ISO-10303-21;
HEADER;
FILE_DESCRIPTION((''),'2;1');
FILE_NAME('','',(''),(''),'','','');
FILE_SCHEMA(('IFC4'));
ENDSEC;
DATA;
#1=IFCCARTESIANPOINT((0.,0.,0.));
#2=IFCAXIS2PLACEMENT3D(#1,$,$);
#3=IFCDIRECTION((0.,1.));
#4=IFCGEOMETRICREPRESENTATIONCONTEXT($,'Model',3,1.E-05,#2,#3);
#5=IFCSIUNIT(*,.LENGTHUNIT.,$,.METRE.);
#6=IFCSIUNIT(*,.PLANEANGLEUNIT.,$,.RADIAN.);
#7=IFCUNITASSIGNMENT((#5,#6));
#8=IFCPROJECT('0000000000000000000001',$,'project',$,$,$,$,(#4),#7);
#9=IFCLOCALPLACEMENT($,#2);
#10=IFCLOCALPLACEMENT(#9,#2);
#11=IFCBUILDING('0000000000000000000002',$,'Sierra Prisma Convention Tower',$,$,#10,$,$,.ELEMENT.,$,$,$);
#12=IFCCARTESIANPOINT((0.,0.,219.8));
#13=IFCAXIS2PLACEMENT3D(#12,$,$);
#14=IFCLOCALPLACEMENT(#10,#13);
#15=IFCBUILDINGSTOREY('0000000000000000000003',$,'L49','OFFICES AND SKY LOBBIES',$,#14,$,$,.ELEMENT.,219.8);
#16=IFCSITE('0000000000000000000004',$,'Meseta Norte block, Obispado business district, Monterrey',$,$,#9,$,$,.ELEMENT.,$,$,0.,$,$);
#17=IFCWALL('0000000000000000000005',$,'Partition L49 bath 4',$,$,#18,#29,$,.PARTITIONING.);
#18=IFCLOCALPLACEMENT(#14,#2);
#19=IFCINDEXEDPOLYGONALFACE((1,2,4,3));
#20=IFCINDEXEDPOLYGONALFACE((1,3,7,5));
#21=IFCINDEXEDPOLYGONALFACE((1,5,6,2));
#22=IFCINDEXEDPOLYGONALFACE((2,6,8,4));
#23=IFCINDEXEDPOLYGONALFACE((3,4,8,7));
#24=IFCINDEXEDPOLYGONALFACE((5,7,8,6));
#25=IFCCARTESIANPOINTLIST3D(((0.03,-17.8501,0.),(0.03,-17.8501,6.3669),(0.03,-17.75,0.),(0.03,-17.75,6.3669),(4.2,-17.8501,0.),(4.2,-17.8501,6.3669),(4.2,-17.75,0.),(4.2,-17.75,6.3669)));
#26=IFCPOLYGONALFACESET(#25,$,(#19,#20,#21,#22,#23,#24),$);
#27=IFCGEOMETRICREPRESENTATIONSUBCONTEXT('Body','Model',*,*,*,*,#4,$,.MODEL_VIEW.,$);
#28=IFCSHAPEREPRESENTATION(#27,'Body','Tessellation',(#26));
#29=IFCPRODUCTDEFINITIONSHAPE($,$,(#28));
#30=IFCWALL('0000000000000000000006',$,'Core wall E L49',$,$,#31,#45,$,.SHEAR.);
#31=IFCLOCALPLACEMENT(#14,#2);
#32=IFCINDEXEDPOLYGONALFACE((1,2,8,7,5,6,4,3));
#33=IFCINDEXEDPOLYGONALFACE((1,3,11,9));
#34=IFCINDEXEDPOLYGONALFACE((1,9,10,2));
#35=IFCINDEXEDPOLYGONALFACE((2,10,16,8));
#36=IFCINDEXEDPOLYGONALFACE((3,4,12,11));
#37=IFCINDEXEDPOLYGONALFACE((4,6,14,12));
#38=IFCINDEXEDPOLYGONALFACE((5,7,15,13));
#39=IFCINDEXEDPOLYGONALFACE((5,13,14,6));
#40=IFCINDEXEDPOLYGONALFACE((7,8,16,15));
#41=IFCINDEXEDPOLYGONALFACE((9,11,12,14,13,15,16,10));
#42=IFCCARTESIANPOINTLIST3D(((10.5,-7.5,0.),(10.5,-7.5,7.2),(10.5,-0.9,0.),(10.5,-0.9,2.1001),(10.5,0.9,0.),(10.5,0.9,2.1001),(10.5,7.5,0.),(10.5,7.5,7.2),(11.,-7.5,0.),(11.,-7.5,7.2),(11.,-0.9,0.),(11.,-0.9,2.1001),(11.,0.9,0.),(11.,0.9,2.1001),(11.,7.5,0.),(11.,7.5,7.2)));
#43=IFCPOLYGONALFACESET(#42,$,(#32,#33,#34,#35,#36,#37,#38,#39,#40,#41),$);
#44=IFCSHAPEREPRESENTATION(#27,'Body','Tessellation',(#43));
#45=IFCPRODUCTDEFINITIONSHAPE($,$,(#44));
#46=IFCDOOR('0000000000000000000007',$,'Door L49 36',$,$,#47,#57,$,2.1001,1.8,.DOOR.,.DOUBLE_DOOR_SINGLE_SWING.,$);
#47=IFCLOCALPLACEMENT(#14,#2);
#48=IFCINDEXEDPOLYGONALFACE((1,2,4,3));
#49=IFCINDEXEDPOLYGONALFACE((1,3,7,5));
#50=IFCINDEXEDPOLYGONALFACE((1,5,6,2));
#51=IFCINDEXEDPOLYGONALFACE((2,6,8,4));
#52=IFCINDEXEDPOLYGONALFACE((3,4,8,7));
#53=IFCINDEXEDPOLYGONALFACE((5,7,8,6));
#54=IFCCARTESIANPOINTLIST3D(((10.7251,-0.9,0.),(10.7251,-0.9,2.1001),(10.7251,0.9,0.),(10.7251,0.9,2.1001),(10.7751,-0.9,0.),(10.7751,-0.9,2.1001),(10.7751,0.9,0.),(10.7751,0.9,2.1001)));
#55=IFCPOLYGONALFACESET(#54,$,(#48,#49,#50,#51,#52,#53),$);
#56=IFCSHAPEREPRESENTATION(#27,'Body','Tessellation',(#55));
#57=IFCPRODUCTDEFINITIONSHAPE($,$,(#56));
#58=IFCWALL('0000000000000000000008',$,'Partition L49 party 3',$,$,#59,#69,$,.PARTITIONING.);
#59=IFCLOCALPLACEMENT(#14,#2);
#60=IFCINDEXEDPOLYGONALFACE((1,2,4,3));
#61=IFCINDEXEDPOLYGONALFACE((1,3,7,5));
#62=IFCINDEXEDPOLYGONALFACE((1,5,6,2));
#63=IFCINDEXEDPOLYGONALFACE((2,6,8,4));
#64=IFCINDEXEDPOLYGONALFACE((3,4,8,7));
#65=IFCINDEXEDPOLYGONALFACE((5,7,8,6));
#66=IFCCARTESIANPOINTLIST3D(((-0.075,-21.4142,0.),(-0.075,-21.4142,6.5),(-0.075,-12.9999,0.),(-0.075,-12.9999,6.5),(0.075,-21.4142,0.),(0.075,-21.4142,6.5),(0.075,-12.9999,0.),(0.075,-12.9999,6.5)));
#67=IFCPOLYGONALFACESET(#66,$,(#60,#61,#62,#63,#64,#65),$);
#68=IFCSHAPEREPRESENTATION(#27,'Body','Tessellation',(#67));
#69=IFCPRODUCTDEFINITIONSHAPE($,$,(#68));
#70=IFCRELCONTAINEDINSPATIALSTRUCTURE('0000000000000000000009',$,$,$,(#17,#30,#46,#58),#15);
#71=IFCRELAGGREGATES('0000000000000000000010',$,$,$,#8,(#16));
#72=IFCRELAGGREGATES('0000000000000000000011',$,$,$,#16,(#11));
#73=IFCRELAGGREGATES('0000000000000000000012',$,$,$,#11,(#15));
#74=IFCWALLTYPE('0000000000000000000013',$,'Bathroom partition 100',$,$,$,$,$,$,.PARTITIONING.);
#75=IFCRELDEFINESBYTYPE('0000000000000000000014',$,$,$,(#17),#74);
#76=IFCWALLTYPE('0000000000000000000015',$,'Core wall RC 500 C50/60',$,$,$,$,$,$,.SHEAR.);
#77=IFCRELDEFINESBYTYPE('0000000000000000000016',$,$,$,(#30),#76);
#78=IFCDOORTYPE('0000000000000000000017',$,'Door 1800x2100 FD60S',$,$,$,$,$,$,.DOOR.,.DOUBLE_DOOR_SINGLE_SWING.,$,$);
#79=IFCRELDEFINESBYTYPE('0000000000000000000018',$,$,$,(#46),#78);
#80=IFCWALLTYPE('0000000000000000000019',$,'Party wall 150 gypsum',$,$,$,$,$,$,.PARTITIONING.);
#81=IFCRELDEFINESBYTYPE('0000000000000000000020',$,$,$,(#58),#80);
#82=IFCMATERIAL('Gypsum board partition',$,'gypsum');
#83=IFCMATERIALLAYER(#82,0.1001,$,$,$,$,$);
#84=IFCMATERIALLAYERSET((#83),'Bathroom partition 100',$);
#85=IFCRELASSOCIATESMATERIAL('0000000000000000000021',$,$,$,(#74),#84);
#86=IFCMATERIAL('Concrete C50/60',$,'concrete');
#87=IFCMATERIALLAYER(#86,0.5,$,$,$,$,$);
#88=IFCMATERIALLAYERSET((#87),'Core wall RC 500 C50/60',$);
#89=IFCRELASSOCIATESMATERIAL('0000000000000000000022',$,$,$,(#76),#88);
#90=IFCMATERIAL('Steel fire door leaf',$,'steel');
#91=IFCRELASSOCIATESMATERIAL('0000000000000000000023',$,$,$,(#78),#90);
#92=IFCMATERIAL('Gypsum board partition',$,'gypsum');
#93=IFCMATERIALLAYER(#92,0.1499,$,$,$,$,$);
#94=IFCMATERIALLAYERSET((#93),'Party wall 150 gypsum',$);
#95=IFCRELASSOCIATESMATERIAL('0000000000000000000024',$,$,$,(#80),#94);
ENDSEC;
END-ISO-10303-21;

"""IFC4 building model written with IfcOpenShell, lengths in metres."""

from ifc_helpers import new_model, si_unit, direction, frame, frame_2d, origin, place, context, subcontext, project, spatial, rectangle, extrude, material, layer, layer_set, type_object, element, fill, save


model = new_model("IFC4")

# Units and contexts
model_context = context("Model", 3, precision=1e-05, world=origin(), true_north=direction((0.0, 1.0)))
body_context = subcontext(model_context, "Body", "Model", "MODEL_VIEW")
ifc_project = project(units=[si_unit("LENGTHUNIT", "METRE"), si_unit("PLANEANGLEUNIT", "RADIAN")], contexts=[model_context])

# Site, building, storey
site_placement = place(None, origin())
site = spatial("IfcSite", under=ifc_project, at=site_placement, Name="Meseta Norte block, Obispado business district, Monterrey", CompositionType="ELEMENT", RefElevation=0.0)
building_placement = place(site_placement, origin())
building = spatial("IfcBuilding", under=site, at=building_placement, Name="Sierra Prisma Convention Tower", CompositionType="ELEMENT")
storey_placement = place(building_placement, frame((0.0, 0.0, 219.8)))
storey = spatial("IfcBuildingStorey", under=building, at=storey_placement, Name="L49", Description="OFFICES AND SKY LOBBIES", CompositionType="ELEMENT", Elevation=219.8)

# Wall
ifc_material_1 = material(Name="Gypsum board partition", Category="gypsum")
ifc_layer_1 = layer(ifc_material_1, 0.1001)
ifc_layer_set_1 = layer_set([ifc_layer_1], Name="Bathroom partition 100")
wall_type_1 = type_object("IfcWallType", Name="Bathroom partition 100", PredefinedType="PARTITIONING", material=ifc_layer_set_1)
wall_1_placement = place(storey_placement, frame((4.2, -17.8, 0.0), z_axis=(0.0, 0.0, 1.0), x_axis=(-1.0, 0.0, 0.0)))
element("IfcWall", 1, at=wall_1_placement, inside=storey, type_object=wall_type_1, Name="Partition L49 bath 4", PredefinedType="PARTITIONING", context=body_context, shape_type="SweptSolid", body=[
    extrude(rectangle(XDim=4.1699, YDim=0.1001, at=frame_2d((2.085, 0.0))), origin(), (0.0, 0.0, 1.0), 6.3669),
])

# Wall, opening, door
ifc_material_2 = material(Name="Concrete C50/60", Category="concrete")
ifc_layer_2 = layer(ifc_material_2, 0.5)
ifc_layer_set_2 = layer_set([ifc_layer_2], Name="Core wall RC 500 C50/60")
wall_type_2 = type_object("IfcWallType", Name="Core wall RC 500 C50/60", PredefinedType="SHEAR", material=ifc_layer_set_2)
wall_2_placement = place(storey_placement, frame((10.75, -7.5, 0.0), z_axis=(0.0, 0.0, 1.0), x_axis=(0.0, 1.0, 0.0)))
wall_2 = element("IfcWall", 2, at=wall_2_placement, inside=storey, type_object=wall_type_2, Name="Core wall E L49", PredefinedType="SHEAR", context=body_context, shape_type="SweptSolid", body=[
    extrude(rectangle(XDim=15.0, YDim=0.5, at=frame_2d((7.5, 0.0))), origin(), (0.0, 0.0, 1.0), 7.2),
])
opening_1_placement = place(wall_2_placement, frame((6.6001, 0.0, 0.0)))
opening_1 = element("IfcOpeningElement", 3, at=opening_1_placement, cuts=wall_2, PredefinedType="OPENING", context=body_context, shape_type="SweptSolid", body=[
    extrude(rectangle(XDim=1.8, YDim=2.1001, at=frame_2d((0.8999, 1.05))), frame((0.0, 0.25, 0.0), z_axis=(0.0, -1.0, 0.0), x_axis=(1.0, 0.0, 0.0)), (0.0, 0.0, 1.0), 0.5),
])
ifc_material_3 = material(Name="Steel fire door leaf", Category="steel")
door_type_1 = type_object("IfcDoorType", Name="Door 1800x2100 FD60S", OperationType="DOUBLE_DOOR_SINGLE_SWING", PredefinedType="DOOR", material=ifc_material_3)
door_1_placement = place(opening_1_placement, origin())
door_1 = element("IfcDoor", 4, at=door_1_placement, inside=storey, type_object=door_type_1, Name="Door L49 36", OperationType="DOUBLE_DOOR_SINGLE_SWING", OverallHeight=2.1001, OverallWidth=1.8, PredefinedType="DOOR", context=body_context, shape_type="SweptSolid", body=[
    extrude(rectangle(XDim=1.8, YDim=2.1001, at=frame_2d((0.8999, 1.05))), frame((0.0, 0.0249, 0.0), z_axis=(0.0, -1.0, 0.0), x_axis=(1.0, 0.0, 0.0)), (0.0, 0.0, 1.0), 0.05),
])
fill(opening_1, door_1)

# Wall
ifc_material_4 = material(Name="Gypsum board partition", Category="gypsum")
ifc_layer_3 = layer(ifc_material_4, 0.1499)
ifc_layer_set_3 = layer_set([ifc_layer_3], Name="Party wall 150 gypsum")
wall_type_3 = type_object("IfcWallType", Name="Party wall 150 gypsum", PredefinedType="PARTITIONING", material=ifc_layer_set_3)
wall_3_placement = place(storey_placement, frame((0.0, -13.0, 0.0), z_axis=(0.0, 0.0, 1.0), x_axis=(0.0, -1.0, 0.0)))
element("IfcWall", 5, at=wall_3_placement, inside=storey, type_object=wall_type_3, Name="Partition L49 party 3", PredefinedType="PARTITIONING", context=body_context, shape_type="SweptSolid", body=[
    extrude(rectangle(XDim=8.4143, YDim=0.1499, at=frame_2d((4.207, 0.0))), origin(), (0.0, 0.0, 1.0), 6.5),
])

save(model, "model.ifc")
